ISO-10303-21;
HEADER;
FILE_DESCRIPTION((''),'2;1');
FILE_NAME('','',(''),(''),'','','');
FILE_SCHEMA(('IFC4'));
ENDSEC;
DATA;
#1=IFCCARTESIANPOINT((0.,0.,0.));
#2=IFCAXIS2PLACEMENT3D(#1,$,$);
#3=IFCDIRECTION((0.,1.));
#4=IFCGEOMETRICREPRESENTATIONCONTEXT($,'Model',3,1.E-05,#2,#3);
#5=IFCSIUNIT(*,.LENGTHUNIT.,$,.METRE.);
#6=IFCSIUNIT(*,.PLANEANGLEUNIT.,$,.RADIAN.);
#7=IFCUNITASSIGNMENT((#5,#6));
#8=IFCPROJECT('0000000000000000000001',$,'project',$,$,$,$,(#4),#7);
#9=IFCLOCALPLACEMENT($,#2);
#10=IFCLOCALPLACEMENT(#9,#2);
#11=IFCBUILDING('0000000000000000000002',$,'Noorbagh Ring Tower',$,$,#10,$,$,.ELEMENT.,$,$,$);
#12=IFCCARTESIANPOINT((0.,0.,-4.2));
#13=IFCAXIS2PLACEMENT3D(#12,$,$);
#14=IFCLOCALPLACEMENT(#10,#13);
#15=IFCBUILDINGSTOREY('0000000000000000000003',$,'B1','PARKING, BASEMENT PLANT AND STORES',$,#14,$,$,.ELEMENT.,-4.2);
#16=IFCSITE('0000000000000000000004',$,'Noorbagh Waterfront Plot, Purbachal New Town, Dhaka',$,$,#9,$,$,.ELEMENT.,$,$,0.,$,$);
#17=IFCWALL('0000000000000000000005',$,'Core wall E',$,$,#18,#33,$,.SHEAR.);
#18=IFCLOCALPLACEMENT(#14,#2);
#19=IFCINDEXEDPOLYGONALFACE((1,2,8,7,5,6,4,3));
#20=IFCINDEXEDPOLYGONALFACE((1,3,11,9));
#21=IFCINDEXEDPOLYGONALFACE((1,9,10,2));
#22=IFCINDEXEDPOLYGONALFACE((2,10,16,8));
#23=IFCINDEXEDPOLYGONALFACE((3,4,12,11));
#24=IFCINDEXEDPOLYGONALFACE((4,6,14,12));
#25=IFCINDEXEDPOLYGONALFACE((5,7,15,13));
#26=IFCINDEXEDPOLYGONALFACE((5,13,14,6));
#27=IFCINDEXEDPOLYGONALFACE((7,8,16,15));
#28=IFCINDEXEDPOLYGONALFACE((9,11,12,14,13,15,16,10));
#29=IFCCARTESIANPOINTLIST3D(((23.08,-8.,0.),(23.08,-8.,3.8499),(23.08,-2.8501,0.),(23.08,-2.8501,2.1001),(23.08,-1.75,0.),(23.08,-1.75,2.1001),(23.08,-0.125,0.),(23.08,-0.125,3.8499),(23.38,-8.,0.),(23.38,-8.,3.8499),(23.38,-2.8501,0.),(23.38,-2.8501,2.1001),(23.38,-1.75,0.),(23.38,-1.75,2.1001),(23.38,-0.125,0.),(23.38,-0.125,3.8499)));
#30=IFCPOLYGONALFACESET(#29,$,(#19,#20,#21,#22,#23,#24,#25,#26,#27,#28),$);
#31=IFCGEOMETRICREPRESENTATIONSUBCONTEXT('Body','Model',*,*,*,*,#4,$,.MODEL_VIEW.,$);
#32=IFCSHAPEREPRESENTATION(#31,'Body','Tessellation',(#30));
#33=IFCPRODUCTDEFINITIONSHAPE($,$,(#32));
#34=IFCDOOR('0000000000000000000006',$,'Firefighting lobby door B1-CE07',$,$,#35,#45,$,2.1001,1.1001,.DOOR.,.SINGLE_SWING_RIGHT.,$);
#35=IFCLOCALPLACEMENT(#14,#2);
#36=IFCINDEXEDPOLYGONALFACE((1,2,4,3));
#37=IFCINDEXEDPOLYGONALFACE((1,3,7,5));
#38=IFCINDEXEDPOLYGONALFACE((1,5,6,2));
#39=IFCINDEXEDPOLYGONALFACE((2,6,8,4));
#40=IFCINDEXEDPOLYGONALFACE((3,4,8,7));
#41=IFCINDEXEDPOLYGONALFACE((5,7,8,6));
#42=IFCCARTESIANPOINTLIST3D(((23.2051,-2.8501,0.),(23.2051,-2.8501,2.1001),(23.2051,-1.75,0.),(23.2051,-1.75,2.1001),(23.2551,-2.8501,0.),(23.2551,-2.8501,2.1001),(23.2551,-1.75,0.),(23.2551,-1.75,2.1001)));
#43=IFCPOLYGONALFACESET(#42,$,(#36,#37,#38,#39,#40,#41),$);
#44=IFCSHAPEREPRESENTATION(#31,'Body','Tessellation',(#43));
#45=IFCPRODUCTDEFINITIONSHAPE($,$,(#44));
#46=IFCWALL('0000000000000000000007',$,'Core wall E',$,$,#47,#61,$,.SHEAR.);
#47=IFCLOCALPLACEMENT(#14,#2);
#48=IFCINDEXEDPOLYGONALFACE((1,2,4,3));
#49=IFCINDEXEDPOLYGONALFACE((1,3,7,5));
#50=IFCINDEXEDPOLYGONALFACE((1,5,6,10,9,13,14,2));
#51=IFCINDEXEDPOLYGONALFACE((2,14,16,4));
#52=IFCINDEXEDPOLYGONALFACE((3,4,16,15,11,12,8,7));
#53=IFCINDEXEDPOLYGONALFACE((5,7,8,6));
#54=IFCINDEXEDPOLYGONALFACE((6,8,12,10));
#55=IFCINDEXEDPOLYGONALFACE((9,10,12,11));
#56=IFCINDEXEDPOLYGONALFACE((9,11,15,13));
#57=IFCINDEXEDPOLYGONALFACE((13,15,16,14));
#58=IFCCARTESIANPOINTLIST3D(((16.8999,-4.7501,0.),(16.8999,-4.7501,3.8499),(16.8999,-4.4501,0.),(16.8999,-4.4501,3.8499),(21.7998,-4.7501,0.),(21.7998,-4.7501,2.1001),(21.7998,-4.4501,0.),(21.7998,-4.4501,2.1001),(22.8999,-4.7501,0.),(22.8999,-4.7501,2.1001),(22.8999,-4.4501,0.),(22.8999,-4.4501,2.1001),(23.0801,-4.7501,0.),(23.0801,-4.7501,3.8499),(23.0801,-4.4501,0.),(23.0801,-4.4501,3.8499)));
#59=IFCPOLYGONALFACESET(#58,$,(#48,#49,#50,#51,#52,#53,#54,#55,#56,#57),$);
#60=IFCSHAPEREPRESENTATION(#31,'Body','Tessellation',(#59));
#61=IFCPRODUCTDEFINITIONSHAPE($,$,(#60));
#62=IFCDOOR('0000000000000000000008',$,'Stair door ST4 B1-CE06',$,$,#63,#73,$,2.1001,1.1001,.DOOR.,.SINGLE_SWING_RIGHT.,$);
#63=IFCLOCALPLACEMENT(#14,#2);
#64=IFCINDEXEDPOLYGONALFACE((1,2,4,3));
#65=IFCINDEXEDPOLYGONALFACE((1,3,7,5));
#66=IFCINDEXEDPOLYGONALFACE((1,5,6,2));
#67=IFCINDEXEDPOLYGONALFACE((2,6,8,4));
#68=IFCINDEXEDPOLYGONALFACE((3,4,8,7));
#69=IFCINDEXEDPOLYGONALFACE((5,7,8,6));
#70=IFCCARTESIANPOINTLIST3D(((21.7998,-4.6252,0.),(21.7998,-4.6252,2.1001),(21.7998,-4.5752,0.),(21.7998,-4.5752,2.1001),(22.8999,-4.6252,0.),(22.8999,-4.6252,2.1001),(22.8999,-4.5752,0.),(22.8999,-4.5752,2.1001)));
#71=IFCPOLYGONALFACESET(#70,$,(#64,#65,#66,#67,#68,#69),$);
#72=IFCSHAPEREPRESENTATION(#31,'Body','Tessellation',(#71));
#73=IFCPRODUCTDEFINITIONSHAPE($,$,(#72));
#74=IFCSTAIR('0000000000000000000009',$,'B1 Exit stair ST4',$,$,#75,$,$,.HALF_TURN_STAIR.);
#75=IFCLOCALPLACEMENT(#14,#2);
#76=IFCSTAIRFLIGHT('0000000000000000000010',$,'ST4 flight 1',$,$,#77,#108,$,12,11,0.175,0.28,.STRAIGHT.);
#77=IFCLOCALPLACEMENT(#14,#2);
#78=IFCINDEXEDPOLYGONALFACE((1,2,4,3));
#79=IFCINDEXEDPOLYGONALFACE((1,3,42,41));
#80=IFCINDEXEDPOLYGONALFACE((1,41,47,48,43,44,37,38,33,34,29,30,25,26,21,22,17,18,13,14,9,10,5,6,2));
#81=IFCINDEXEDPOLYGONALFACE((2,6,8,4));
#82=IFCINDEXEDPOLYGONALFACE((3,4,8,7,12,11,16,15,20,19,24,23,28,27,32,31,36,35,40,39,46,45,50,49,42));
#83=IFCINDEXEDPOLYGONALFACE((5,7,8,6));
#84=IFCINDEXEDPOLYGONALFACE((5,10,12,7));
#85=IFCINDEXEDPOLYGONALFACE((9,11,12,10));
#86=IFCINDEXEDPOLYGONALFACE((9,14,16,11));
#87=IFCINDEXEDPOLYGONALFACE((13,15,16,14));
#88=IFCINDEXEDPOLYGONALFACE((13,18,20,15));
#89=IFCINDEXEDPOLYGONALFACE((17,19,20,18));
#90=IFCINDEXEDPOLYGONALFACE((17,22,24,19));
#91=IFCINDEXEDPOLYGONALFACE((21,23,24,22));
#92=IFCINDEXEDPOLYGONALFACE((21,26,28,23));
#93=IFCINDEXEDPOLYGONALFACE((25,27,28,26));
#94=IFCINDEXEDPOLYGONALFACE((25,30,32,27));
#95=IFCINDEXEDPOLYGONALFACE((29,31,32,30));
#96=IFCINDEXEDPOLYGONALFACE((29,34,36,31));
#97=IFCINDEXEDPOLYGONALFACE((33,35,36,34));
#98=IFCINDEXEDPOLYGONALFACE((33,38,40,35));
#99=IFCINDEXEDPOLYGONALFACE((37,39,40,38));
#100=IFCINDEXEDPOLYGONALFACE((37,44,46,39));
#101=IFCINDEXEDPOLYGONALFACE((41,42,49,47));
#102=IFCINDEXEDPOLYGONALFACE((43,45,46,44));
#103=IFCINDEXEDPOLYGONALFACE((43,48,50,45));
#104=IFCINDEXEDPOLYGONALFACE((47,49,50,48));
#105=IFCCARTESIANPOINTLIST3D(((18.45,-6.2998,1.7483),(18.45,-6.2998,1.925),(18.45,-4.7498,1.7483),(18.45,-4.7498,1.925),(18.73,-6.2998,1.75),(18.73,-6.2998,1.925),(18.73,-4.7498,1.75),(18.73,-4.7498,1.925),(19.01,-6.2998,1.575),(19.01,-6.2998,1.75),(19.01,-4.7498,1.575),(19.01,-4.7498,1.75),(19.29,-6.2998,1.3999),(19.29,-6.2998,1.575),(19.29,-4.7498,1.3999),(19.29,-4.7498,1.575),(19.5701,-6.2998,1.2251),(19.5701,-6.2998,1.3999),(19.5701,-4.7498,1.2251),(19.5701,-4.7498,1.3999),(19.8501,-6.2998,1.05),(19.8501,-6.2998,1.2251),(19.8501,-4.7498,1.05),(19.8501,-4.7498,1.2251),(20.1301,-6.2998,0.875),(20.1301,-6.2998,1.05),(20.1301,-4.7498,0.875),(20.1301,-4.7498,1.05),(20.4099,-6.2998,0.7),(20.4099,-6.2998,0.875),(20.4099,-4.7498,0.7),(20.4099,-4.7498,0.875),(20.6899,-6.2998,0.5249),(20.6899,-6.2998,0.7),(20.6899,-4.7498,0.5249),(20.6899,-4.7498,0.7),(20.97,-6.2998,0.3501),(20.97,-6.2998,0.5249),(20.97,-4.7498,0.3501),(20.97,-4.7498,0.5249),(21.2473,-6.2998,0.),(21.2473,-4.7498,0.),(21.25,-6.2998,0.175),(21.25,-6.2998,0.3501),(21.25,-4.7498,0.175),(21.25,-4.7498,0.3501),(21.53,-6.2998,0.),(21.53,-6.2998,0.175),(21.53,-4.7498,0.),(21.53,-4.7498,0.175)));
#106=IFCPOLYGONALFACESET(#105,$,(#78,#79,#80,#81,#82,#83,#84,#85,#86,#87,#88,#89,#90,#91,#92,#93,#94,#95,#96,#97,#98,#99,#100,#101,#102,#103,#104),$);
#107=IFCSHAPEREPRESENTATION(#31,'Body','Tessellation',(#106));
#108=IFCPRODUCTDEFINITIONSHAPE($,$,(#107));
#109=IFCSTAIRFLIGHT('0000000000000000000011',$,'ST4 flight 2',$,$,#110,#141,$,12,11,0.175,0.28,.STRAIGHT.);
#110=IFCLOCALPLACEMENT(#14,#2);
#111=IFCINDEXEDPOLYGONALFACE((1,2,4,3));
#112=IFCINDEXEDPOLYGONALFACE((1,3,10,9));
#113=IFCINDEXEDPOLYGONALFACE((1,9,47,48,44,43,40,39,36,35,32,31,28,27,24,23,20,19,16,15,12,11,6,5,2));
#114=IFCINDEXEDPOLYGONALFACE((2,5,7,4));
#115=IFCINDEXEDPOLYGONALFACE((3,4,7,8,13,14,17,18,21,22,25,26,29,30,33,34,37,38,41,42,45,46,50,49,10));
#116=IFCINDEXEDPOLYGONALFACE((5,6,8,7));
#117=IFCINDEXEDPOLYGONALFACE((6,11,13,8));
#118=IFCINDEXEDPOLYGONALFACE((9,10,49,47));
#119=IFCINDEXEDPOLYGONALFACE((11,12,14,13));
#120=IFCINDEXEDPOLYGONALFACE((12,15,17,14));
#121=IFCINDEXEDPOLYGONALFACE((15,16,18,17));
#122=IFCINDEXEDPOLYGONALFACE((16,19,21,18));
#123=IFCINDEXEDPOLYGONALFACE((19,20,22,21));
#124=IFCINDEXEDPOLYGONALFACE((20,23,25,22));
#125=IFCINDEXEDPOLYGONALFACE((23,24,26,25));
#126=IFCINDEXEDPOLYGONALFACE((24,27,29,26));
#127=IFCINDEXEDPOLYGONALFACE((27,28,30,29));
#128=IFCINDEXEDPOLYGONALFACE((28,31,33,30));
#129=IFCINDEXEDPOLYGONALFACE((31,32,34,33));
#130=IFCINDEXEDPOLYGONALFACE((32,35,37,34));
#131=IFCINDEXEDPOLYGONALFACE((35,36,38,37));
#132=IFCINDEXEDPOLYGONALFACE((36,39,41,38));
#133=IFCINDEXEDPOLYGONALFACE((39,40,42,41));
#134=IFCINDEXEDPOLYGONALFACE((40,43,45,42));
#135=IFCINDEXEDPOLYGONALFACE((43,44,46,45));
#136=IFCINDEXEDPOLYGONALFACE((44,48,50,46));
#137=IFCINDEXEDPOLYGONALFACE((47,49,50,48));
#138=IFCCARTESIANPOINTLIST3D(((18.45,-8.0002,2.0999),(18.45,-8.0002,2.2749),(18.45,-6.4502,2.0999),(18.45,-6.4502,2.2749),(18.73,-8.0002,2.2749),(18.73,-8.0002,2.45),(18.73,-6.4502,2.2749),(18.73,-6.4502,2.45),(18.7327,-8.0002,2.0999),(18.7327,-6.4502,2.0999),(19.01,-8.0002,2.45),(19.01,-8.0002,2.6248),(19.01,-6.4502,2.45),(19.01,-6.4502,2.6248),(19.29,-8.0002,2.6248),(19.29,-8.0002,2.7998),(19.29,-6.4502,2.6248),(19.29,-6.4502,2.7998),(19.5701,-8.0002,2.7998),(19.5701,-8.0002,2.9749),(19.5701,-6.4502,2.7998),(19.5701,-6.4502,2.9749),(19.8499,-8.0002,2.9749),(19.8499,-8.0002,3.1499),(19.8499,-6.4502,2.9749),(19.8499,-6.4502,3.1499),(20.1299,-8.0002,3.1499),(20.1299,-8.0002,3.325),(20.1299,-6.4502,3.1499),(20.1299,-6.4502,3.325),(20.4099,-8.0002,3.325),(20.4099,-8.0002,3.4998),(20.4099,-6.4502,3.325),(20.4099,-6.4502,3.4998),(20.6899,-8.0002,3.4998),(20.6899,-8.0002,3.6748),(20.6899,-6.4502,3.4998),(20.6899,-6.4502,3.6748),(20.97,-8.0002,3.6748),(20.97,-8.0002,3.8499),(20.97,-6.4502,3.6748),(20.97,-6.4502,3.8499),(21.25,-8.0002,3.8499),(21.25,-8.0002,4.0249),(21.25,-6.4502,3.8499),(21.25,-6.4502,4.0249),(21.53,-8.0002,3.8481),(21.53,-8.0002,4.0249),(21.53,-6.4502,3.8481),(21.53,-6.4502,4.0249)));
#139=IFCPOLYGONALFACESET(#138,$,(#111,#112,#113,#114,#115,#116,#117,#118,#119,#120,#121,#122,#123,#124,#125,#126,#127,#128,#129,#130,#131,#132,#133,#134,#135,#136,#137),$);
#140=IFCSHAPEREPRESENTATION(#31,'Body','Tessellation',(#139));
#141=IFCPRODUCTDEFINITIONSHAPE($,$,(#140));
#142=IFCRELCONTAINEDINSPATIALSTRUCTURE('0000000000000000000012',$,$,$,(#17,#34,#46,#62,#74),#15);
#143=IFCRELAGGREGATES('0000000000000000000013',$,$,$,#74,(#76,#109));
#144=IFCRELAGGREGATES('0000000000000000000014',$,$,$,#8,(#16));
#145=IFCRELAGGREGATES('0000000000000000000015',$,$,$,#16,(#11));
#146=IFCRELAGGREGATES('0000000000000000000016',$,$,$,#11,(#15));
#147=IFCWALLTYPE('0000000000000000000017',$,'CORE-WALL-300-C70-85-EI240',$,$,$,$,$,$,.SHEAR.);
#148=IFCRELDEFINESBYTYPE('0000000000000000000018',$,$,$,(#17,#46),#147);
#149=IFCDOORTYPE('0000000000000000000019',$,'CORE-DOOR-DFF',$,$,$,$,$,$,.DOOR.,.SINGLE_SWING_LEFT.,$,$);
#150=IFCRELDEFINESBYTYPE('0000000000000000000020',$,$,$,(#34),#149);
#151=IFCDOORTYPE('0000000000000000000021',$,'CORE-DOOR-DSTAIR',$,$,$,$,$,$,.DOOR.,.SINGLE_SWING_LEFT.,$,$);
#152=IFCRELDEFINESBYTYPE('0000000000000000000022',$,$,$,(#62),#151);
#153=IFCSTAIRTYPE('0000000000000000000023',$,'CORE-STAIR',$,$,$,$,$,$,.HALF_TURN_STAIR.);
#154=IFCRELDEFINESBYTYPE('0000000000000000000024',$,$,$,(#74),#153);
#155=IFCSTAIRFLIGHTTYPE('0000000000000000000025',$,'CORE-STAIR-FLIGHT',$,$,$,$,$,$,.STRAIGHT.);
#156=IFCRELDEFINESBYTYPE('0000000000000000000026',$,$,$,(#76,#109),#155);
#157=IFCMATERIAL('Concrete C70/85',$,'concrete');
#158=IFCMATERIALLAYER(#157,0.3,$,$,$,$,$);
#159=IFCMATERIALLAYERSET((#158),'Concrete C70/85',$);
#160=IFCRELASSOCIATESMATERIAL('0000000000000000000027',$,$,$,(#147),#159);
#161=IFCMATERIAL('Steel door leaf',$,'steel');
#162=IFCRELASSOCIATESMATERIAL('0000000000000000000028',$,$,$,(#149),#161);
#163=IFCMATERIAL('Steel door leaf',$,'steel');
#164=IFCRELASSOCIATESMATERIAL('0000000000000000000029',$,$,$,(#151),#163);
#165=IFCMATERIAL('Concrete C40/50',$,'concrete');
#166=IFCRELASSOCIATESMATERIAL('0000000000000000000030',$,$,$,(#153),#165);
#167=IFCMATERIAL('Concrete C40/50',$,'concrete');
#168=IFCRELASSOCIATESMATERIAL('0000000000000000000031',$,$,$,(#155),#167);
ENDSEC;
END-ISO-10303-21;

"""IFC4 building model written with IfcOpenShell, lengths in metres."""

from ifc_helpers import new_model, si_unit, direction, frame, frame_2d, origin, place, context, subcontext, project, spatial, polyline, rectangle, outline, extrude, material, layer, layer_set, type_object, element, fill, aggregate, save


model = new_model("IFC4")

# Units and contexts
model_context = context("Model", 3, precision=1e-05, world=origin(), true_north=direction((0.0, 1.0)))
body_context = subcontext(model_context, "Body", "Model", "MODEL_VIEW")
ifc_project = project(units=[si_unit("LENGTHUNIT", "METRE"), si_unit("PLANEANGLEUNIT", "RADIAN")], contexts=[model_context])

# Site, building, storey
site_placement = place(None, origin())
site = spatial("IfcSite", under=ifc_project, at=site_placement, Name="Noorbagh Waterfront Plot, Purbachal New Town, Dhaka", CompositionType="ELEMENT", RefElevation=0.0)
building_placement = place(site_placement, origin())
building = spatial("IfcBuilding", under=site, at=building_placement, Name="Noorbagh Ring Tower", CompositionType="ELEMENT")
storey_placement = place(building_placement, frame((0.0, 0.0, -4.2)))
storey = spatial("IfcBuildingStorey", under=building, at=storey_placement, Name="B1", Description="PARKING, BASEMENT PLANT AND STORES", CompositionType="ELEMENT", Elevation=-4.2)

# Shared definitions
ifc_material_1 = material(Name="Concrete C70/85", Category="concrete")
ifc_layer_1 = layer(ifc_material_1, 0.3)
ifc_layer_set_1 = layer_set([ifc_layer_1], Name="Concrete C70/85")
wall_type_1 = type_object("IfcWallType", Name="CORE-WALL-300-C70-85-EI240", PredefinedType="SHEAR", material=ifc_layer_set_1)

# Walls, openings, doors
wall_1_placement = place(storey_placement, frame((23.23, -8.0, 0.0), z_axis=(0.0, 0.0, 1.0), x_axis=(0.0, 1.0, 0.0)))
wall_1 = element("IfcWall", 1, at=wall_1_placement, inside=storey, type_object=wall_type_1, Name="Core wall E", PredefinedType="SHEAR", context=body_context, shape_type="SweptSolid", body=[
    extrude(rectangle(XDim=7.875, YDim=0.3, at=frame_2d((3.9375, 0.0))), origin(), (0.0, 0.0, 1.0), 3.8499),
])
opening_1_placement = place(wall_1_placement, frame((5.1499, 0.0, 0.0)))
opening_1 = element("IfcOpeningElement", 2, at=opening_1_placement, cuts=wall_1, PredefinedType="OPENING", context=body_context, shape_type="SweptSolid", body=[
    extrude(rectangle(XDim=1.1001, YDim=2.1001, at=frame_2d((0.55, 1.05))), frame((0.0, 0.1602, 0.0), z_axis=(0.0, -1.0, 0.0), x_axis=(1.0, 0.0, 0.0)), (0.0, 0.0, 1.0), 0.3201),
])
ifc_material_2 = material(Name="Steel door leaf", Category="steel")
door_type_1 = type_object("IfcDoorType", Name="CORE-DOOR-DFF", OperationType="SINGLE_SWING_LEFT", PredefinedType="DOOR", material=ifc_material_2)
door_1_placement = place(opening_1_placement, origin())
door_1 = element("IfcDoor", 3, at=door_1_placement, inside=storey, type_object=door_type_1, Name="Firefighting lobby door B1-CE07", OperationType="SINGLE_SWING_RIGHT", OverallHeight=2.1001, OverallWidth=1.1001, PredefinedType="DOOR", context=body_context, shape_type="SweptSolid", body=[
    extrude(rectangle(XDim=1.1001, YDim=2.1001, at=frame_2d((0.55, 1.05))), frame((0.0, 0.0249, 0.0), z_axis=(0.0, -1.0, 0.0), x_axis=(1.0, 0.0, 0.0)), (0.0, 0.0, 1.0), 0.05),
])
fill(opening_1, door_1)
wall_2_placement = place(storey_placement, frame((16.8999, -4.6001, 0.0), z_axis=(0.0, 0.0, 1.0), x_axis=(1.0, 0.0, 0.0)))
wall_2 = element("IfcWall", 4, at=wall_2_placement, inside=storey, type_object=wall_type_1, Name="Core wall E", PredefinedType="SHEAR", context=body_context, shape_type="SweptSolid", body=[
    extrude(rectangle(XDim=6.1802, YDim=0.3, at=frame_2d((3.0901, 0.0))), origin(), (0.0, 0.0, 1.0), 3.8499),
])
opening_2_placement = place(wall_2_placement, frame((4.8999, 0.0, 0.0)))
opening_2 = element("IfcOpeningElement", 5, at=opening_2_placement, cuts=wall_2, PredefinedType="OPENING", context=body_context, shape_type="SweptSolid", body=[
    extrude(rectangle(XDim=1.1001, YDim=2.1001, at=frame_2d((0.55, 1.05))), frame((0.0, 0.1602, 0.0), z_axis=(0.0, -1.0, 0.0), x_axis=(1.0, 0.0, 0.0)), (0.0, 0.0, 1.0), 0.3201),
])
ifc_material_3 = material(Name="Steel door leaf", Category="steel")
door_type_2 = type_object("IfcDoorType", Name="CORE-DOOR-DSTAIR", OperationType="SINGLE_SWING_LEFT", PredefinedType="DOOR", material=ifc_material_3)
door_2_placement = place(opening_2_placement, origin())
door_2 = element("IfcDoor", 6, at=door_2_placement, inside=storey, type_object=door_type_2, Name="Stair door ST4 B1-CE06", OperationType="SINGLE_SWING_RIGHT", OverallHeight=2.1001, OverallWidth=1.1001, PredefinedType="DOOR", context=body_context, shape_type="SweptSolid", body=[
    extrude(rectangle(XDim=1.1001, YDim=2.1001, at=frame_2d((0.55, 1.05))), frame((0.0, 0.0249, 0.0), z_axis=(0.0, -1.0, 0.0), x_axis=(1.0, 0.0, 0.0)), (0.0, 0.0, 1.0), 0.05),
])
fill(opening_2, door_2)

# Stair, stair flights
ifc_material_4 = material(Name="Concrete C40/50", Category="concrete")
stair_type = type_object("IfcStairType", Name="CORE-STAIR", PredefinedType="HALF_TURN_STAIR", material=ifc_material_4)
stair_placement = place(storey_placement, origin())
stair = element("IfcStair", 7, at=stair_placement, inside=storey, type_object=stair_type, Name="B1 Exit stair ST4", PredefinedType="HALF_TURN_STAIR")
ifc_material_5 = material(Name="Concrete C40/50", Category="concrete")
stair_flight_type = type_object("IfcStairFlightType", Name="CORE-STAIR-FLIGHT", PredefinedType="STRAIGHT", material=ifc_material_5)
stair_flight_1_placement = place(storey_placement, frame((21.53, -5.5249, 0.0), z_axis=(0.0, 0.0, 1.0), x_axis=(-1.0, 0.0, 0.0)))
stair_flight_1 = element("IfcStairFlight", 8, at=stair_flight_1_placement, type_object=stair_flight_type, Name="ST4 flight 1", NumberOfRisers=12, NumberOfTreads=11, PredefinedType="STRAIGHT", RiserHeight=0.175, TreadLength=0.28, context=body_context, shape_type="SweptSolid", body=[
    extrude(outline(polyline([(0.0, 0.0), (0.0, 0.175), (0.28, 0.175), (0.28, 0.3501), (0.5601, 0.3501), (0.5601, 0.5249), (0.8401, 0.5249), (0.8401, 0.7), (1.1201, 0.7), (1.1201, 0.875), (1.3999, 0.875), (1.3999, 1.05), (1.6799, 1.05), (1.6799, 1.2251), (1.96, 1.2251), (1.96, 1.3999), (2.24, 1.3999), (2.24, 1.575), (2.52, 1.575), (2.52, 1.75), (2.8, 1.75), (2.8, 1.925), (3.0801, 1.925), (3.0801, 2.1001), (3.0801, 1.7483), (0.2827, 0.0), (0.0, 0.0)])), frame((0.0, 0.7749, 0.0), z_axis=(0.0, -1.0, 0.0), x_axis=(1.0, 0.0, 0.0)), (0.0, 0.0, 1.0), 1.55),
])
stair_flight_2_placement = place(storey_placement, frame((18.45, -7.2251, 2.0999), z_axis=(0.0, 0.0, 1.0), x_axis=(1.0, 0.0, 0.0)))
stair_flight_2 = element("IfcStairFlight", 9, at=stair_flight_2_placement, type_object=stair_flight_type, Name="ST4 flight 2", NumberOfRisers=12, NumberOfTreads=11, PredefinedType="STRAIGHT", RiserHeight=0.175, TreadLength=0.28, context=body_context, shape_type="SweptSolid", body=[
    extrude(outline(polyline([(0.0, 0.0), (0.0, 0.175), (0.28, 0.175), (0.28, 0.3501), (0.5601, 0.3501), (0.5601, 0.5249), (0.8401, 0.5249), (0.8401, 0.7), (1.1201, 0.7), (1.1201, 0.875), (1.3999, 0.875), (1.3999, 1.05), (1.6799, 1.05), (1.6799, 1.2251), (1.96, 1.2251), (1.96, 1.3999), (2.24, 1.3999), (2.24, 1.575), (2.52, 1.575), (2.52, 1.75), (2.8, 1.75), (2.8, 1.925), (3.0801, 1.925), (3.0801, 2.1001), (3.0801, 1.7483), (0.2827, 0.0), (0.0, 0.0)])), frame((0.0, 0.7749, 0.0), z_axis=(0.0, -1.0, 0.0), x_axis=(1.0, 0.0, 0.0)), (0.0, 0.0, 1.0), 1.55),
])
aggregate(stair, [stair_flight_1, stair_flight_2])

save(model, "model.ifc")
